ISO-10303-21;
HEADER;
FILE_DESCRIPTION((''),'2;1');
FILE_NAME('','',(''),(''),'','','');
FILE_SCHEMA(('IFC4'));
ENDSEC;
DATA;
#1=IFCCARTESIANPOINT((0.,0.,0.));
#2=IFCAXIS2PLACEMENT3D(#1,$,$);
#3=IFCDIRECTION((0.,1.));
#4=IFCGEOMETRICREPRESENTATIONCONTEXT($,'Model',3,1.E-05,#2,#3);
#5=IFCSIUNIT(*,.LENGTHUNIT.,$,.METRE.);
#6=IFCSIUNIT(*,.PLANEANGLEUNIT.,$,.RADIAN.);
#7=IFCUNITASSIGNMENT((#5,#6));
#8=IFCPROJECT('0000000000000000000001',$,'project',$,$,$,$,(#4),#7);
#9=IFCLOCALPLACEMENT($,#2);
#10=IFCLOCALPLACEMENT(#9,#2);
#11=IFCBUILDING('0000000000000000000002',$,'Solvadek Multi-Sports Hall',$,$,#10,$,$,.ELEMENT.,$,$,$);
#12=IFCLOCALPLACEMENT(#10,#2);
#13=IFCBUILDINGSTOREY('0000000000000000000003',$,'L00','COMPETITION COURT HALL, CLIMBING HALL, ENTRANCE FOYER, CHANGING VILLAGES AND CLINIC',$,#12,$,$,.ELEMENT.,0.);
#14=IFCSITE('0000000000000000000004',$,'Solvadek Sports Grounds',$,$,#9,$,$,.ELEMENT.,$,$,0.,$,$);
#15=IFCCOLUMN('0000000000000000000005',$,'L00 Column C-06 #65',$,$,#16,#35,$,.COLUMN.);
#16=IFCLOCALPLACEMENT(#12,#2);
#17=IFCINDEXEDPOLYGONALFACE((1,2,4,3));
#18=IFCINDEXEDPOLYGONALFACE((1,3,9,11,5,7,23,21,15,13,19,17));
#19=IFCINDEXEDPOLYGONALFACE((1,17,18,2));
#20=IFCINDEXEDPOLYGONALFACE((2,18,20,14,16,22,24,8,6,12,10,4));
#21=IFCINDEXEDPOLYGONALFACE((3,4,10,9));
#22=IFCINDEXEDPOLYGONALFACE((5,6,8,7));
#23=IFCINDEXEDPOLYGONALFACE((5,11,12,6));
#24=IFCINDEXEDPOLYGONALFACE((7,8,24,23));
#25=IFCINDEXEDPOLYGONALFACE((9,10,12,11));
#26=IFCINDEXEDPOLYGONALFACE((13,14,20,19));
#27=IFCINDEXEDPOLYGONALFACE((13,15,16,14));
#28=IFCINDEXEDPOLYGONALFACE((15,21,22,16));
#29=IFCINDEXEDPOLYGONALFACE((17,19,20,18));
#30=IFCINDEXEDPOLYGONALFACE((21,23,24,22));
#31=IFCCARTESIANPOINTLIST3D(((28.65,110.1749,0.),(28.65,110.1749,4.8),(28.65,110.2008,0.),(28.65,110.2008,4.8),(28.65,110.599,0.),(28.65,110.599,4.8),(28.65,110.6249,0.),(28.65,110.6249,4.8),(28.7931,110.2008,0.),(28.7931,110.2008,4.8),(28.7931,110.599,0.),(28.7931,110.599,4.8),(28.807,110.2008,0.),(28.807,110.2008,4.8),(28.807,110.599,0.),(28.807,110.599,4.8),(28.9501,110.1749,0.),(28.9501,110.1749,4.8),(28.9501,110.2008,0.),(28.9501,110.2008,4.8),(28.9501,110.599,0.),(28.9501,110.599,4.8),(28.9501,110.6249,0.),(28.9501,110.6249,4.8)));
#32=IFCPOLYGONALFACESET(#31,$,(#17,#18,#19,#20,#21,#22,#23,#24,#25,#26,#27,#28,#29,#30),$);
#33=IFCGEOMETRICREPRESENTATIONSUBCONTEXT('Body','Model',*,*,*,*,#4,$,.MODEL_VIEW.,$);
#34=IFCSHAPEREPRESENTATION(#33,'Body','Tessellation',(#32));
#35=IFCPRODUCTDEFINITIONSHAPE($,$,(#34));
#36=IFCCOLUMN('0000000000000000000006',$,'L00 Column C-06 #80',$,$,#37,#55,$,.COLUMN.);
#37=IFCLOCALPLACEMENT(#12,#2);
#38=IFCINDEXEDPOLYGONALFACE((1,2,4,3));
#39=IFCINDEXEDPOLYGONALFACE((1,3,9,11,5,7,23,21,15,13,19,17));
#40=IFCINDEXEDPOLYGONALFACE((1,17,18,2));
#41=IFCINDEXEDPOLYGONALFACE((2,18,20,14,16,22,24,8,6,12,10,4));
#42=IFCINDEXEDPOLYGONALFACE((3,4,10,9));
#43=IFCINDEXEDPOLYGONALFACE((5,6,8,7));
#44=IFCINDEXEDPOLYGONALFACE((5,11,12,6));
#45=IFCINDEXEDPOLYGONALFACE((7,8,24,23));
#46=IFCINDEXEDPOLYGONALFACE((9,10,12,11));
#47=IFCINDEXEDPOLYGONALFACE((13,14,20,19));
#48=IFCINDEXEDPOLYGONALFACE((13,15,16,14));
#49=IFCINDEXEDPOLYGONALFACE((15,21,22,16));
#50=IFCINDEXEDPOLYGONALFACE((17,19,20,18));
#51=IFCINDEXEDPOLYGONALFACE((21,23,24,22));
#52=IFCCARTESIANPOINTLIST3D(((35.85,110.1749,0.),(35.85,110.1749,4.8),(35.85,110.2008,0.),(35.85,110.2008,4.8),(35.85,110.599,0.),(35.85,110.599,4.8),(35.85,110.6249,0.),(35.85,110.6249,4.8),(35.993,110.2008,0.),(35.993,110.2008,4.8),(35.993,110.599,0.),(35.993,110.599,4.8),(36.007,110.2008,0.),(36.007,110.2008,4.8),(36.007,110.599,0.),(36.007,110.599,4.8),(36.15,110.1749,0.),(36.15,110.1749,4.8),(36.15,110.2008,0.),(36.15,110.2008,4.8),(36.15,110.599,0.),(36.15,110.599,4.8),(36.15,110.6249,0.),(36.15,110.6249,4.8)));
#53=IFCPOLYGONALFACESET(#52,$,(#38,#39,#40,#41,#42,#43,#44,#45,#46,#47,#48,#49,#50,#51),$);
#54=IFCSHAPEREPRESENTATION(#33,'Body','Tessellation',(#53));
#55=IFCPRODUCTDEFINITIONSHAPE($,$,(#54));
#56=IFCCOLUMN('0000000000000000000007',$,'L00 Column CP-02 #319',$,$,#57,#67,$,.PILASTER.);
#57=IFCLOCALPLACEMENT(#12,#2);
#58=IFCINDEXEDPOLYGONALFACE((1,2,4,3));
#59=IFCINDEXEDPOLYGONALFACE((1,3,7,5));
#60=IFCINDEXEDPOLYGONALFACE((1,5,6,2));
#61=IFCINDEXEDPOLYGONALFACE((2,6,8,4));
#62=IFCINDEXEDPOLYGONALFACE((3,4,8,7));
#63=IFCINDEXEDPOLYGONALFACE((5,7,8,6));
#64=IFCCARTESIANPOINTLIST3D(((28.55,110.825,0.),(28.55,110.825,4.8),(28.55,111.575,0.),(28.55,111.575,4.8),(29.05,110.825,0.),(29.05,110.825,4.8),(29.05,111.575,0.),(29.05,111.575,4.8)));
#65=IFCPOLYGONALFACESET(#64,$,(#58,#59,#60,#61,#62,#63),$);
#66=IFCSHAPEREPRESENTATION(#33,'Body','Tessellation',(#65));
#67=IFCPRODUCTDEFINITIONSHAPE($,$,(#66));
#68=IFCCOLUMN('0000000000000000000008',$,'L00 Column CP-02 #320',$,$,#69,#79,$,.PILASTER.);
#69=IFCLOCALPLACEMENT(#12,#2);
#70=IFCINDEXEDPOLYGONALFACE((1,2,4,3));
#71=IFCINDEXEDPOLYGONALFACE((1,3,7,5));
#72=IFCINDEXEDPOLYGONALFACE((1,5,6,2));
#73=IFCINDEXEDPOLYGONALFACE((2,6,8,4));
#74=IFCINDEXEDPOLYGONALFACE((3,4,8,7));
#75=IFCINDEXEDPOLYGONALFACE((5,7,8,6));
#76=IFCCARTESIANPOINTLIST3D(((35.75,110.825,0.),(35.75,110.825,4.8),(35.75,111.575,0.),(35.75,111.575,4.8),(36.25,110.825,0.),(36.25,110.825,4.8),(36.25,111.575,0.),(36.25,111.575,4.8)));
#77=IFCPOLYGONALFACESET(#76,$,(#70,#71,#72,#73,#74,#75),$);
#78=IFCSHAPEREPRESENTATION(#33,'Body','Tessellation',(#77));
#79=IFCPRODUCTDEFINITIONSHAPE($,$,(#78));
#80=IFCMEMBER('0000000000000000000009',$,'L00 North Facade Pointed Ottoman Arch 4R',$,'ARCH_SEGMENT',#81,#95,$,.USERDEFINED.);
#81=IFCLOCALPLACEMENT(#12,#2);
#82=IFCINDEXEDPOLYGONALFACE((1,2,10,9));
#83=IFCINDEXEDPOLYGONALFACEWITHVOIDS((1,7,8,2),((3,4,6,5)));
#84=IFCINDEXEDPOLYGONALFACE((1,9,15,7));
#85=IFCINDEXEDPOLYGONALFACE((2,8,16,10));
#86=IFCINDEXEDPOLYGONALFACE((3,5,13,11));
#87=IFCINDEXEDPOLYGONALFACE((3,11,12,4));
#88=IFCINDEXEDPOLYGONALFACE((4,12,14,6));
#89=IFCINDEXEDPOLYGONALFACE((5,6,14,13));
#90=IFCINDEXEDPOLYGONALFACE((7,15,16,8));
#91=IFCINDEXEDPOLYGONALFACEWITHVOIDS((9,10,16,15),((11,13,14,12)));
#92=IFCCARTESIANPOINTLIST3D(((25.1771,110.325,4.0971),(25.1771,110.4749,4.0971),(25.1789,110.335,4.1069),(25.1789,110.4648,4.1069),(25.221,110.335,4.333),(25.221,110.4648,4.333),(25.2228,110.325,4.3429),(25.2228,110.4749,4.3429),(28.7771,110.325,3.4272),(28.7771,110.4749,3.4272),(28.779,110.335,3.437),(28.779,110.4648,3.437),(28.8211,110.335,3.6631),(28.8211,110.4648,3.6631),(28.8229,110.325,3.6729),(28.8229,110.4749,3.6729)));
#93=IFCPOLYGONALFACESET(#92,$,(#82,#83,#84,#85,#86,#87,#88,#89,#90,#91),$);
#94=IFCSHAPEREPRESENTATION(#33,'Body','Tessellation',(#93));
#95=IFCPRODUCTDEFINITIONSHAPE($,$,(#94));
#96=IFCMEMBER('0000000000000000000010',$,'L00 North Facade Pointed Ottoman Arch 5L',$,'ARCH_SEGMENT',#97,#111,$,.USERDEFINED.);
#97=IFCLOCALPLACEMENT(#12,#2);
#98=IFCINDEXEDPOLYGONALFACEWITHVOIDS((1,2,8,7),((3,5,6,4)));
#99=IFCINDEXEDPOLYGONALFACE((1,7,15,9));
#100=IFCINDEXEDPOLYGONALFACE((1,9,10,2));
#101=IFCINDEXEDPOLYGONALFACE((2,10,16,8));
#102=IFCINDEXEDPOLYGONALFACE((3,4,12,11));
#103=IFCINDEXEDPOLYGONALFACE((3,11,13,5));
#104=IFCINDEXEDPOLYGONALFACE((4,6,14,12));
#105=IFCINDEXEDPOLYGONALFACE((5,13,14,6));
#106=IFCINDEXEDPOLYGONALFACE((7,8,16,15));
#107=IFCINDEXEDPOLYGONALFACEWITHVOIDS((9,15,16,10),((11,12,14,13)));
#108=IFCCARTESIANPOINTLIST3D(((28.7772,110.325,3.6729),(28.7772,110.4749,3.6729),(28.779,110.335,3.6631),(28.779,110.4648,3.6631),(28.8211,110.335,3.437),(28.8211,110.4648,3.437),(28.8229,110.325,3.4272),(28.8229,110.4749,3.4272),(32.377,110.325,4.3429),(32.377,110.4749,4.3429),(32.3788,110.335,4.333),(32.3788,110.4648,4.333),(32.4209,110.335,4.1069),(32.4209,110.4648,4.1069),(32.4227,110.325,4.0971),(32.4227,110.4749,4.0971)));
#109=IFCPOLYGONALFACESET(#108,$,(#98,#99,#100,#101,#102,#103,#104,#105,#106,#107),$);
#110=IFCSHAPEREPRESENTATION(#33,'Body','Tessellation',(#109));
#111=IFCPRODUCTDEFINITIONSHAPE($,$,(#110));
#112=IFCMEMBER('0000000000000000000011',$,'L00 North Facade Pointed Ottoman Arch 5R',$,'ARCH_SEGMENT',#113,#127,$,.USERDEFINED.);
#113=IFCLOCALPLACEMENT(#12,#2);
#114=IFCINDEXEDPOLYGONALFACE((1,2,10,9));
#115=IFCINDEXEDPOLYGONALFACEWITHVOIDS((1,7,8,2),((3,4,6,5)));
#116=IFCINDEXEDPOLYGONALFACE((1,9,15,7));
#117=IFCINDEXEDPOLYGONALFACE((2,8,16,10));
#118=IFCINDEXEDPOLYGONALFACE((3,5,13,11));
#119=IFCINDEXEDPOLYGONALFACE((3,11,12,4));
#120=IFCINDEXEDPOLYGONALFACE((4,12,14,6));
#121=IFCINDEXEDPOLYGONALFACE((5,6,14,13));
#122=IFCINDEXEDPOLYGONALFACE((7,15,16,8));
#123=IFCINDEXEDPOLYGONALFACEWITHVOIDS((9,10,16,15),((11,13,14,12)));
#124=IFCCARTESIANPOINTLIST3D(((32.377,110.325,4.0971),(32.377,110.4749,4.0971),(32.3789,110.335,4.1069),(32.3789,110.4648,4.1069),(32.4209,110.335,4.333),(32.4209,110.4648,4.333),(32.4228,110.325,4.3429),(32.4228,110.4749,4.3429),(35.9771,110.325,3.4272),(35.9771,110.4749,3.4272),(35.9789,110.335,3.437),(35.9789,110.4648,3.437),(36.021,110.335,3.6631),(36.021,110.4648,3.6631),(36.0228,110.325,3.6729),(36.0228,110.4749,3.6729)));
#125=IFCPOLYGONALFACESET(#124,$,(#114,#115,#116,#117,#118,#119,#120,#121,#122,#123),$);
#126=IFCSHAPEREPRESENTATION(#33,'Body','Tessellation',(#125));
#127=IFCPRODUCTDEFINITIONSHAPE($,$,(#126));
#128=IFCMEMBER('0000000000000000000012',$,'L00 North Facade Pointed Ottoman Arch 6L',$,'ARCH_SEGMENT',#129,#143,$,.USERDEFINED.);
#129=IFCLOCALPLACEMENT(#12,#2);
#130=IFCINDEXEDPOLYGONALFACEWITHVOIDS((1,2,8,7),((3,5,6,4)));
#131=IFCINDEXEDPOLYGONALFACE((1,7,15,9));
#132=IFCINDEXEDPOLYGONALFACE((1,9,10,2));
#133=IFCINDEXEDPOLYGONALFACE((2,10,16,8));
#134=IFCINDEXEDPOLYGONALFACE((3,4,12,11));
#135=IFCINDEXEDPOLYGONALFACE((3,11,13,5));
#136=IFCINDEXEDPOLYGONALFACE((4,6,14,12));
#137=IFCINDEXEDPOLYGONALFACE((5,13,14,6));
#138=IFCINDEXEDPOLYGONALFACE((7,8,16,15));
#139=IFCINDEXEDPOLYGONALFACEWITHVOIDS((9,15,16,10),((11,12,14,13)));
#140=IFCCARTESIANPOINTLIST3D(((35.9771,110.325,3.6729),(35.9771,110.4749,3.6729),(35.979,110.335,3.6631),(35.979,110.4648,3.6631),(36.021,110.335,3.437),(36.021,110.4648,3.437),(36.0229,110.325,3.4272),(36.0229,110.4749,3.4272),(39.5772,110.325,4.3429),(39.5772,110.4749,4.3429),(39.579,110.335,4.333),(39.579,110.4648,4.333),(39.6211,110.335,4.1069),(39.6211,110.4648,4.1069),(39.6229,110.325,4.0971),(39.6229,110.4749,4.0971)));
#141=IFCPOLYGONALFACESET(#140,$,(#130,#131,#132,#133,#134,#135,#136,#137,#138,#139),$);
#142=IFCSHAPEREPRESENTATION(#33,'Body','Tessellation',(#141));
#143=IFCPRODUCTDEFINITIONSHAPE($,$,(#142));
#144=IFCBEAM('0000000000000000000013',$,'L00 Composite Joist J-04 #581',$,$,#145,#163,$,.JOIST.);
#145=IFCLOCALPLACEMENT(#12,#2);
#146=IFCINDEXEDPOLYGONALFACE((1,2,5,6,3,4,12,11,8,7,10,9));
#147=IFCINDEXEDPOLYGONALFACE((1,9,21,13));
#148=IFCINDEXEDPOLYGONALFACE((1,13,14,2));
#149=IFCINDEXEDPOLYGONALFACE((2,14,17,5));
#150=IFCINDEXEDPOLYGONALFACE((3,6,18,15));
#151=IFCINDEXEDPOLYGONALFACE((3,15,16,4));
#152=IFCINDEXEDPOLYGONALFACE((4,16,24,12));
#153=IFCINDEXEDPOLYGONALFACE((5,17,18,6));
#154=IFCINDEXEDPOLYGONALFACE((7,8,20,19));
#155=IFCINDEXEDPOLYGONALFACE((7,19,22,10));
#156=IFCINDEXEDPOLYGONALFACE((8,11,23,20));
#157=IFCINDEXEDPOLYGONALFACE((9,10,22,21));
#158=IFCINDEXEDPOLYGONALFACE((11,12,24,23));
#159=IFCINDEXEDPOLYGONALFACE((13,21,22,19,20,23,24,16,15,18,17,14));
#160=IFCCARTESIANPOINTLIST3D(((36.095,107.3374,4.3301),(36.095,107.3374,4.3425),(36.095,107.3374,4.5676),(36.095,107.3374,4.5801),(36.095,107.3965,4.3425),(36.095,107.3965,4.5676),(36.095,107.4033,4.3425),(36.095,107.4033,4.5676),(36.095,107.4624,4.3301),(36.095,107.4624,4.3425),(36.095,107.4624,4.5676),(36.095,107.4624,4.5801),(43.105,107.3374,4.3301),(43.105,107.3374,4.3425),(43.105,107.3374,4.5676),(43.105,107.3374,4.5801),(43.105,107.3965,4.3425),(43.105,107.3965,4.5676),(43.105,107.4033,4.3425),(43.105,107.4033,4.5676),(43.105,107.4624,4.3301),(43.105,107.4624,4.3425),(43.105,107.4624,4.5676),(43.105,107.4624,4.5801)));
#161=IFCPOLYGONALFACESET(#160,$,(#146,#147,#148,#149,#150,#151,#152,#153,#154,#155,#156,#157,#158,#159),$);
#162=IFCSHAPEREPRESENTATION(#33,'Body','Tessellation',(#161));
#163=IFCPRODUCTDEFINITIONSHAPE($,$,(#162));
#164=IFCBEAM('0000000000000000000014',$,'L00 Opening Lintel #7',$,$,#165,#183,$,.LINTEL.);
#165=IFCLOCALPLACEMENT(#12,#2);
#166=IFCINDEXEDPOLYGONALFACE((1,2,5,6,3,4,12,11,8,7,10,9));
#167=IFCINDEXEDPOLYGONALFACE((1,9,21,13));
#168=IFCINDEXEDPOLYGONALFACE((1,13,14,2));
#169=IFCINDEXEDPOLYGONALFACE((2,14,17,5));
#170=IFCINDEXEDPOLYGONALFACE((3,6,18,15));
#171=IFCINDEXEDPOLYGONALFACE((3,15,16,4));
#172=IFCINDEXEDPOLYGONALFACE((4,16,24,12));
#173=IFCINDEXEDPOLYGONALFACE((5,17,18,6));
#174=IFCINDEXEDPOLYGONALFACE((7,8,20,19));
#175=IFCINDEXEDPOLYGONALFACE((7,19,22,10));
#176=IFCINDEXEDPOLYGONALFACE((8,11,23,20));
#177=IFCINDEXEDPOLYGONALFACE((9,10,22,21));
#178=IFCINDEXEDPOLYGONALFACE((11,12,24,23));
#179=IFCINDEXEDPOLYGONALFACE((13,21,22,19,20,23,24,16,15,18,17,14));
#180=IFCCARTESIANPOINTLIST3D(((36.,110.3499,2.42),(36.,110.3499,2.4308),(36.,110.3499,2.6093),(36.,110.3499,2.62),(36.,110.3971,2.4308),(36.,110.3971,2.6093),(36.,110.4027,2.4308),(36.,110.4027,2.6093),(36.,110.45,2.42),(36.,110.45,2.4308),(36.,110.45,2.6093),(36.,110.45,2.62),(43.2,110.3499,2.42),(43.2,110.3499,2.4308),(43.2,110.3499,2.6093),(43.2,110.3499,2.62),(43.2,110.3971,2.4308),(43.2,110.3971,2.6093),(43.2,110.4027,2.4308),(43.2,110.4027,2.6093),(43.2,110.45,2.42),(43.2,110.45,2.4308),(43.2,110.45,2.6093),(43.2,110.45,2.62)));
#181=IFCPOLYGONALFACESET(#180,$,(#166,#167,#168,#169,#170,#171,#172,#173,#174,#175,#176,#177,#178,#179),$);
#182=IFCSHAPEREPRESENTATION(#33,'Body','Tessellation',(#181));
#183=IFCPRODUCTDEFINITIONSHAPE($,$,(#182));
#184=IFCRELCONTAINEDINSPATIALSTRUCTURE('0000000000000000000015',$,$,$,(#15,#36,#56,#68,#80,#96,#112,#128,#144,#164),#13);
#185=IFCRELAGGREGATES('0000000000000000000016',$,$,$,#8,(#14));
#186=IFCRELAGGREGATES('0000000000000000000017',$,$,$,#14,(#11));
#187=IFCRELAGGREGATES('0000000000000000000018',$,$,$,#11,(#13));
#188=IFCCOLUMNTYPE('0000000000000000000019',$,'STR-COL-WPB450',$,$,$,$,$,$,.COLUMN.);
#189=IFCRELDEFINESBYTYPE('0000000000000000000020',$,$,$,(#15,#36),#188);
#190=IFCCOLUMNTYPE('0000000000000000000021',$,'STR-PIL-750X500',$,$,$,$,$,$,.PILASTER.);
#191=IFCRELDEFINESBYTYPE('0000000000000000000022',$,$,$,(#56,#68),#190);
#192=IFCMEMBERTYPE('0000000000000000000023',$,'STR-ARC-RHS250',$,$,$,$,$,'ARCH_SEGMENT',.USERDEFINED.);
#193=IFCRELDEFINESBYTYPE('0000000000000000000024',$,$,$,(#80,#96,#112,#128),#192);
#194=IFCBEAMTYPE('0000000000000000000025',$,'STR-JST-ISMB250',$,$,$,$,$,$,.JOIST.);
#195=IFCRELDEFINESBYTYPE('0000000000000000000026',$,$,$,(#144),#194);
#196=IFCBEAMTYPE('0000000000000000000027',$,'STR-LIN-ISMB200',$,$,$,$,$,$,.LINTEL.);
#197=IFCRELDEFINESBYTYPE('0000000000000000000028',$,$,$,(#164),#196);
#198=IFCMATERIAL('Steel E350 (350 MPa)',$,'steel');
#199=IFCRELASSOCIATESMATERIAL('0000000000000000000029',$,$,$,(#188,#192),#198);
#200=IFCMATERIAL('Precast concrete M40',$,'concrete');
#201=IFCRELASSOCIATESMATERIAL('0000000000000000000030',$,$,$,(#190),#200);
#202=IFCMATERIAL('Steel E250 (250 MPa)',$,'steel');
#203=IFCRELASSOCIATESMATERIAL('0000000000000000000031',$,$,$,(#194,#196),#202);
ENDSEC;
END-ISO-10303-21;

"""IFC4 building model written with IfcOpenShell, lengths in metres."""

from ifc_helpers import new_model, si_unit, direction, frame, origin, origin_2d, place, context, subcontext, project, spatial, rectangle, hollow_rectangle, i_section, extrude, material, material_profile, profile_set, type_object, element, save


model = new_model("IFC4")

# Units and contexts
model_context = context("Model", 3, precision=1e-05, world=origin(), true_north=direction((0.0, 1.0)))
body_context = subcontext(model_context, "Body", "Model", "MODEL_VIEW")
ifc_project = project(units=[si_unit("LENGTHUNIT", "METRE"), si_unit("PLANEANGLEUNIT", "RADIAN")], contexts=[model_context])

# Site, building, storey
site_placement = place(None, origin())
site = spatial("IfcSite", under=ifc_project, at=site_placement, Name="Solvadek Sports Grounds", CompositionType="ELEMENT", RefElevation=0.0)
building_placement = place(site_placement, origin())
building = spatial("IfcBuilding", under=site, at=building_placement, Name="Solvadek Multi-Sports Hall", CompositionType="ELEMENT")
storey_placement = place(building_placement, origin())
storey = spatial("IfcBuildingStorey", under=building, at=storey_placement, Name="L00", Description="COMPETITION COURT HALL, CLIMBING HALL, ENTRANCE FOYER, CHANGING VILLAGES AND CLINIC", CompositionType="ELEMENT", Elevation=0.0)

# Columns
ifc_material_1 = material(Name="Steel E350 (350 MPa)", Category="steel")
ifc_material_profile_1 = material_profile(ifc_material_1, i_section(OverallWidth=0.3, OverallDepth=0.45, WebThickness=0.0139, FlangeThickness=0.0259, at=origin_2d()), Name="WPB 450")
ifc_profile_set_1 = profile_set([ifc_material_profile_1], Name="Steel E350 (350 MPa)")
column_type_1 = type_object("IfcColumnType", Name="STR-COL-WPB450", PredefinedType="COLUMN", material=ifc_profile_set_1)
for number, where, z_axis, x_axis, name in (
    (1, (28.8, 110.3999, 0.0), (0.0, 0.0, 1.0), (1.0, 0.0, 0.0), "L00 Column C-06 #65"),
    (2, (36.0, 110.3999, 0.0), (0.0, 0.0, 1.0), (1.0, 0.0, 0.0), "L00 Column C-06 #80"),
):
    element("IfcColumn", number, at=place(storey_placement, frame(where, z_axis=z_axis, x_axis=x_axis)), inside=storey, type_object=column_type_1, Name=name, PredefinedType="COLUMN", context=body_context, shape_type="SweptSolid", body=[
        extrude(i_section(OverallWidth=0.3, OverallDepth=0.45, WebThickness=0.0139, FlangeThickness=0.0259, at=origin_2d()), origin(), (0.0, 0.0, 1.0), 4.8),
    ])
ifc_material_2 = material(Name="Precast concrete M40", Category="concrete")
ifc_material_profile_2 = material_profile(ifc_material_2, rectangle(XDim=0.5, YDim=0.75, at=origin_2d()), Name="RC PILASTER 750x500")
ifc_profile_set_2 = profile_set([ifc_material_profile_2], Name="Precast concrete M40")
column_type_2 = type_object("IfcColumnType", Name="STR-PIL-750X500", PredefinedType="PILASTER", material=ifc_profile_set_2)
for number, where, z_axis, x_axis, name in (
    (3, (28.8, 111.2, 0.0), (0.0, 0.0, 1.0), (1.0, 0.0, 0.0), "L00 Column CP-02 #319"),
    (4, (36.0, 111.2, 0.0), (0.0, 0.0, 1.0), (1.0, 0.0, 0.0), "L00 Column CP-02 #320"),
):
    element("IfcColumn", number, at=place(storey_placement, frame(where, z_axis=z_axis, x_axis=x_axis)), inside=storey, type_object=column_type_2, Name=name, PredefinedType="PILASTER", context=body_context, shape_type="SweptSolid", body=[
        extrude(rectangle(XDim=0.5, YDim=0.75, at=origin_2d()), origin(), (0.0, 0.0, 1.0), 4.8),
    ])

# Members
ifc_material_profile_3 = material_profile(ifc_material_1, hollow_rectangle(XDim=0.1499, YDim=0.25, WallThickness=0.01, at=origin_2d()), Name="RHS 250x150x10")
ifc_profile_set_3 = profile_set([ifc_material_profile_3], Name="Steel E350 (350 MPa)")
member_type = type_object("IfcMemberType", Name="STR-ARC-RHS250", ElementType="ARCH_SEGMENT", PredefinedType="USERDEFINED", material=ifc_profile_set_3)
member_1_placement = place(storey_placement, frame((25.2, 110.3999, 4.22), z_axis=(0.983123, 0.0, -0.182944), x_axis=(0.0, 1.0, 0.0)))
element("IfcMember", 5, at=member_1_placement, inside=storey, type_object=member_type, Name="L00 North Facade Pointed Ottoman Arch 4R", ObjectType="ARCH_SEGMENT", PredefinedType="USERDEFINED", context=body_context, shape_type="SweptSolid", body=[
    extrude(hollow_rectangle(XDim=0.1499, YDim=0.25, WallThickness=0.01, at=origin_2d()), origin(), (0.0, 0.0, 1.0), 3.6619),
])
member_2_placement = place(storey_placement, frame((28.8, 110.3999, 3.55), z_axis=(0.983121, 0.0, 0.182956), x_axis=(0.0, 1.0, 0.0)))
element("IfcMember", 6, at=member_2_placement, inside=storey, type_object=member_type, Name="L00 North Facade Pointed Ottoman Arch 5L", ObjectType="ARCH_SEGMENT", PredefinedType="USERDEFINED", context=body_context, shape_type="SweptSolid", body=[
    extrude(hollow_rectangle(XDim=0.1499, YDim=0.25, WallThickness=0.01, at=origin_2d()), origin(), (0.0, 0.0, 1.0), 3.6616),
])
for number, where, z_axis, x_axis, name in (
    (7, (32.3999, 110.3999, 4.22), (0.983123, 0.0, -0.182944), (0.0, 1.0, 0.0), "L00 North Facade Pointed Ottoman Arch 5R"),
    (8, (36.0, 110.3999, 3.55), (0.983123, 0.0, 0.182944), (0.0, 1.0, 0.0), "L00 North Facade Pointed Ottoman Arch 6L"),
):
    element("IfcMember", number, at=place(storey_placement, frame(where, z_axis=z_axis, x_axis=x_axis)), inside=storey, type_object=member_type, Name=name, ObjectType="ARCH_SEGMENT", PredefinedType="USERDEFINED", context=body_context, shape_type="SweptSolid", body=[
        extrude(hollow_rectangle(XDim=0.1499, YDim=0.25, WallThickness=0.01, at=origin_2d()), origin(), (0.0, 0.0, 1.0), 3.6619),
    ])

# Beams
ifc_material_3 = material(Name="Steel E250 (250 MPa)", Category="steel")
ifc_material_profile_4 = material_profile(ifc_material_3, i_section(OverallWidth=0.125, OverallDepth=0.25, WebThickness=0.0068, FlangeThickness=0.0125, at=origin_2d()), Name="ISMB 250")
ifc_profile_set_4 = profile_set([ifc_material_profile_4], Name="Steel E250 (250 MPa)")
beam_type_1 = type_object("IfcBeamType", Name="STR-JST-ISMB250", PredefinedType="JOIST", material=ifc_profile_set_4)
beam_1_placement = place(storey_placement, frame((36.095, 107.3999, 4.4551), z_axis=(1.0, 0.0, 0.0), x_axis=(0.0, 1.0, 0.0)))
element("IfcBeam", 9, at=beam_1_placement, inside=storey, type_object=beam_type_1, Name="L00 Composite Joist J-04 #581", PredefinedType="JOIST", context=body_context, shape_type="SweptSolid", body=[
    extrude(i_section(OverallWidth=0.125, OverallDepth=0.25, WebThickness=0.0068, FlangeThickness=0.0125, at=origin_2d()), origin(), (0.0, 0.0, 1.0), 7.01),
])
ifc_material_profile_5 = material_profile(ifc_material_3, i_section(OverallWidth=0.1001, OverallDepth=0.2, WebThickness=0.0056, FlangeThickness=0.0107, at=origin_2d()), Name="ISMB 200")
ifc_profile_set_5 = profile_set([ifc_material_profile_5], Name="Steel E250 (250 MPa)")
beam_type_2 = type_object("IfcBeamType", Name="STR-LIN-ISMB200", PredefinedType="LINTEL", material=ifc_profile_set_5)
beam_2_placement = place(storey_placement, frame((36.0, 110.3999, 2.52), z_axis=(1.0, 0.0, 0.0), x_axis=(0.0, 1.0, 0.0)))
element("IfcBeam", 10, at=beam_2_placement, inside=storey, type_object=beam_type_2, Name="L00 Opening Lintel #7", PredefinedType="LINTEL", context=body_context, shape_type="SweptSolid", body=[
    extrude(i_section(OverallWidth=0.1001, OverallDepth=0.2, WebThickness=0.0056, FlangeThickness=0.0107, at=origin_2d()), origin(), (0.0, 0.0, 1.0), 7.2),
])

save(model, "model.ifc")
